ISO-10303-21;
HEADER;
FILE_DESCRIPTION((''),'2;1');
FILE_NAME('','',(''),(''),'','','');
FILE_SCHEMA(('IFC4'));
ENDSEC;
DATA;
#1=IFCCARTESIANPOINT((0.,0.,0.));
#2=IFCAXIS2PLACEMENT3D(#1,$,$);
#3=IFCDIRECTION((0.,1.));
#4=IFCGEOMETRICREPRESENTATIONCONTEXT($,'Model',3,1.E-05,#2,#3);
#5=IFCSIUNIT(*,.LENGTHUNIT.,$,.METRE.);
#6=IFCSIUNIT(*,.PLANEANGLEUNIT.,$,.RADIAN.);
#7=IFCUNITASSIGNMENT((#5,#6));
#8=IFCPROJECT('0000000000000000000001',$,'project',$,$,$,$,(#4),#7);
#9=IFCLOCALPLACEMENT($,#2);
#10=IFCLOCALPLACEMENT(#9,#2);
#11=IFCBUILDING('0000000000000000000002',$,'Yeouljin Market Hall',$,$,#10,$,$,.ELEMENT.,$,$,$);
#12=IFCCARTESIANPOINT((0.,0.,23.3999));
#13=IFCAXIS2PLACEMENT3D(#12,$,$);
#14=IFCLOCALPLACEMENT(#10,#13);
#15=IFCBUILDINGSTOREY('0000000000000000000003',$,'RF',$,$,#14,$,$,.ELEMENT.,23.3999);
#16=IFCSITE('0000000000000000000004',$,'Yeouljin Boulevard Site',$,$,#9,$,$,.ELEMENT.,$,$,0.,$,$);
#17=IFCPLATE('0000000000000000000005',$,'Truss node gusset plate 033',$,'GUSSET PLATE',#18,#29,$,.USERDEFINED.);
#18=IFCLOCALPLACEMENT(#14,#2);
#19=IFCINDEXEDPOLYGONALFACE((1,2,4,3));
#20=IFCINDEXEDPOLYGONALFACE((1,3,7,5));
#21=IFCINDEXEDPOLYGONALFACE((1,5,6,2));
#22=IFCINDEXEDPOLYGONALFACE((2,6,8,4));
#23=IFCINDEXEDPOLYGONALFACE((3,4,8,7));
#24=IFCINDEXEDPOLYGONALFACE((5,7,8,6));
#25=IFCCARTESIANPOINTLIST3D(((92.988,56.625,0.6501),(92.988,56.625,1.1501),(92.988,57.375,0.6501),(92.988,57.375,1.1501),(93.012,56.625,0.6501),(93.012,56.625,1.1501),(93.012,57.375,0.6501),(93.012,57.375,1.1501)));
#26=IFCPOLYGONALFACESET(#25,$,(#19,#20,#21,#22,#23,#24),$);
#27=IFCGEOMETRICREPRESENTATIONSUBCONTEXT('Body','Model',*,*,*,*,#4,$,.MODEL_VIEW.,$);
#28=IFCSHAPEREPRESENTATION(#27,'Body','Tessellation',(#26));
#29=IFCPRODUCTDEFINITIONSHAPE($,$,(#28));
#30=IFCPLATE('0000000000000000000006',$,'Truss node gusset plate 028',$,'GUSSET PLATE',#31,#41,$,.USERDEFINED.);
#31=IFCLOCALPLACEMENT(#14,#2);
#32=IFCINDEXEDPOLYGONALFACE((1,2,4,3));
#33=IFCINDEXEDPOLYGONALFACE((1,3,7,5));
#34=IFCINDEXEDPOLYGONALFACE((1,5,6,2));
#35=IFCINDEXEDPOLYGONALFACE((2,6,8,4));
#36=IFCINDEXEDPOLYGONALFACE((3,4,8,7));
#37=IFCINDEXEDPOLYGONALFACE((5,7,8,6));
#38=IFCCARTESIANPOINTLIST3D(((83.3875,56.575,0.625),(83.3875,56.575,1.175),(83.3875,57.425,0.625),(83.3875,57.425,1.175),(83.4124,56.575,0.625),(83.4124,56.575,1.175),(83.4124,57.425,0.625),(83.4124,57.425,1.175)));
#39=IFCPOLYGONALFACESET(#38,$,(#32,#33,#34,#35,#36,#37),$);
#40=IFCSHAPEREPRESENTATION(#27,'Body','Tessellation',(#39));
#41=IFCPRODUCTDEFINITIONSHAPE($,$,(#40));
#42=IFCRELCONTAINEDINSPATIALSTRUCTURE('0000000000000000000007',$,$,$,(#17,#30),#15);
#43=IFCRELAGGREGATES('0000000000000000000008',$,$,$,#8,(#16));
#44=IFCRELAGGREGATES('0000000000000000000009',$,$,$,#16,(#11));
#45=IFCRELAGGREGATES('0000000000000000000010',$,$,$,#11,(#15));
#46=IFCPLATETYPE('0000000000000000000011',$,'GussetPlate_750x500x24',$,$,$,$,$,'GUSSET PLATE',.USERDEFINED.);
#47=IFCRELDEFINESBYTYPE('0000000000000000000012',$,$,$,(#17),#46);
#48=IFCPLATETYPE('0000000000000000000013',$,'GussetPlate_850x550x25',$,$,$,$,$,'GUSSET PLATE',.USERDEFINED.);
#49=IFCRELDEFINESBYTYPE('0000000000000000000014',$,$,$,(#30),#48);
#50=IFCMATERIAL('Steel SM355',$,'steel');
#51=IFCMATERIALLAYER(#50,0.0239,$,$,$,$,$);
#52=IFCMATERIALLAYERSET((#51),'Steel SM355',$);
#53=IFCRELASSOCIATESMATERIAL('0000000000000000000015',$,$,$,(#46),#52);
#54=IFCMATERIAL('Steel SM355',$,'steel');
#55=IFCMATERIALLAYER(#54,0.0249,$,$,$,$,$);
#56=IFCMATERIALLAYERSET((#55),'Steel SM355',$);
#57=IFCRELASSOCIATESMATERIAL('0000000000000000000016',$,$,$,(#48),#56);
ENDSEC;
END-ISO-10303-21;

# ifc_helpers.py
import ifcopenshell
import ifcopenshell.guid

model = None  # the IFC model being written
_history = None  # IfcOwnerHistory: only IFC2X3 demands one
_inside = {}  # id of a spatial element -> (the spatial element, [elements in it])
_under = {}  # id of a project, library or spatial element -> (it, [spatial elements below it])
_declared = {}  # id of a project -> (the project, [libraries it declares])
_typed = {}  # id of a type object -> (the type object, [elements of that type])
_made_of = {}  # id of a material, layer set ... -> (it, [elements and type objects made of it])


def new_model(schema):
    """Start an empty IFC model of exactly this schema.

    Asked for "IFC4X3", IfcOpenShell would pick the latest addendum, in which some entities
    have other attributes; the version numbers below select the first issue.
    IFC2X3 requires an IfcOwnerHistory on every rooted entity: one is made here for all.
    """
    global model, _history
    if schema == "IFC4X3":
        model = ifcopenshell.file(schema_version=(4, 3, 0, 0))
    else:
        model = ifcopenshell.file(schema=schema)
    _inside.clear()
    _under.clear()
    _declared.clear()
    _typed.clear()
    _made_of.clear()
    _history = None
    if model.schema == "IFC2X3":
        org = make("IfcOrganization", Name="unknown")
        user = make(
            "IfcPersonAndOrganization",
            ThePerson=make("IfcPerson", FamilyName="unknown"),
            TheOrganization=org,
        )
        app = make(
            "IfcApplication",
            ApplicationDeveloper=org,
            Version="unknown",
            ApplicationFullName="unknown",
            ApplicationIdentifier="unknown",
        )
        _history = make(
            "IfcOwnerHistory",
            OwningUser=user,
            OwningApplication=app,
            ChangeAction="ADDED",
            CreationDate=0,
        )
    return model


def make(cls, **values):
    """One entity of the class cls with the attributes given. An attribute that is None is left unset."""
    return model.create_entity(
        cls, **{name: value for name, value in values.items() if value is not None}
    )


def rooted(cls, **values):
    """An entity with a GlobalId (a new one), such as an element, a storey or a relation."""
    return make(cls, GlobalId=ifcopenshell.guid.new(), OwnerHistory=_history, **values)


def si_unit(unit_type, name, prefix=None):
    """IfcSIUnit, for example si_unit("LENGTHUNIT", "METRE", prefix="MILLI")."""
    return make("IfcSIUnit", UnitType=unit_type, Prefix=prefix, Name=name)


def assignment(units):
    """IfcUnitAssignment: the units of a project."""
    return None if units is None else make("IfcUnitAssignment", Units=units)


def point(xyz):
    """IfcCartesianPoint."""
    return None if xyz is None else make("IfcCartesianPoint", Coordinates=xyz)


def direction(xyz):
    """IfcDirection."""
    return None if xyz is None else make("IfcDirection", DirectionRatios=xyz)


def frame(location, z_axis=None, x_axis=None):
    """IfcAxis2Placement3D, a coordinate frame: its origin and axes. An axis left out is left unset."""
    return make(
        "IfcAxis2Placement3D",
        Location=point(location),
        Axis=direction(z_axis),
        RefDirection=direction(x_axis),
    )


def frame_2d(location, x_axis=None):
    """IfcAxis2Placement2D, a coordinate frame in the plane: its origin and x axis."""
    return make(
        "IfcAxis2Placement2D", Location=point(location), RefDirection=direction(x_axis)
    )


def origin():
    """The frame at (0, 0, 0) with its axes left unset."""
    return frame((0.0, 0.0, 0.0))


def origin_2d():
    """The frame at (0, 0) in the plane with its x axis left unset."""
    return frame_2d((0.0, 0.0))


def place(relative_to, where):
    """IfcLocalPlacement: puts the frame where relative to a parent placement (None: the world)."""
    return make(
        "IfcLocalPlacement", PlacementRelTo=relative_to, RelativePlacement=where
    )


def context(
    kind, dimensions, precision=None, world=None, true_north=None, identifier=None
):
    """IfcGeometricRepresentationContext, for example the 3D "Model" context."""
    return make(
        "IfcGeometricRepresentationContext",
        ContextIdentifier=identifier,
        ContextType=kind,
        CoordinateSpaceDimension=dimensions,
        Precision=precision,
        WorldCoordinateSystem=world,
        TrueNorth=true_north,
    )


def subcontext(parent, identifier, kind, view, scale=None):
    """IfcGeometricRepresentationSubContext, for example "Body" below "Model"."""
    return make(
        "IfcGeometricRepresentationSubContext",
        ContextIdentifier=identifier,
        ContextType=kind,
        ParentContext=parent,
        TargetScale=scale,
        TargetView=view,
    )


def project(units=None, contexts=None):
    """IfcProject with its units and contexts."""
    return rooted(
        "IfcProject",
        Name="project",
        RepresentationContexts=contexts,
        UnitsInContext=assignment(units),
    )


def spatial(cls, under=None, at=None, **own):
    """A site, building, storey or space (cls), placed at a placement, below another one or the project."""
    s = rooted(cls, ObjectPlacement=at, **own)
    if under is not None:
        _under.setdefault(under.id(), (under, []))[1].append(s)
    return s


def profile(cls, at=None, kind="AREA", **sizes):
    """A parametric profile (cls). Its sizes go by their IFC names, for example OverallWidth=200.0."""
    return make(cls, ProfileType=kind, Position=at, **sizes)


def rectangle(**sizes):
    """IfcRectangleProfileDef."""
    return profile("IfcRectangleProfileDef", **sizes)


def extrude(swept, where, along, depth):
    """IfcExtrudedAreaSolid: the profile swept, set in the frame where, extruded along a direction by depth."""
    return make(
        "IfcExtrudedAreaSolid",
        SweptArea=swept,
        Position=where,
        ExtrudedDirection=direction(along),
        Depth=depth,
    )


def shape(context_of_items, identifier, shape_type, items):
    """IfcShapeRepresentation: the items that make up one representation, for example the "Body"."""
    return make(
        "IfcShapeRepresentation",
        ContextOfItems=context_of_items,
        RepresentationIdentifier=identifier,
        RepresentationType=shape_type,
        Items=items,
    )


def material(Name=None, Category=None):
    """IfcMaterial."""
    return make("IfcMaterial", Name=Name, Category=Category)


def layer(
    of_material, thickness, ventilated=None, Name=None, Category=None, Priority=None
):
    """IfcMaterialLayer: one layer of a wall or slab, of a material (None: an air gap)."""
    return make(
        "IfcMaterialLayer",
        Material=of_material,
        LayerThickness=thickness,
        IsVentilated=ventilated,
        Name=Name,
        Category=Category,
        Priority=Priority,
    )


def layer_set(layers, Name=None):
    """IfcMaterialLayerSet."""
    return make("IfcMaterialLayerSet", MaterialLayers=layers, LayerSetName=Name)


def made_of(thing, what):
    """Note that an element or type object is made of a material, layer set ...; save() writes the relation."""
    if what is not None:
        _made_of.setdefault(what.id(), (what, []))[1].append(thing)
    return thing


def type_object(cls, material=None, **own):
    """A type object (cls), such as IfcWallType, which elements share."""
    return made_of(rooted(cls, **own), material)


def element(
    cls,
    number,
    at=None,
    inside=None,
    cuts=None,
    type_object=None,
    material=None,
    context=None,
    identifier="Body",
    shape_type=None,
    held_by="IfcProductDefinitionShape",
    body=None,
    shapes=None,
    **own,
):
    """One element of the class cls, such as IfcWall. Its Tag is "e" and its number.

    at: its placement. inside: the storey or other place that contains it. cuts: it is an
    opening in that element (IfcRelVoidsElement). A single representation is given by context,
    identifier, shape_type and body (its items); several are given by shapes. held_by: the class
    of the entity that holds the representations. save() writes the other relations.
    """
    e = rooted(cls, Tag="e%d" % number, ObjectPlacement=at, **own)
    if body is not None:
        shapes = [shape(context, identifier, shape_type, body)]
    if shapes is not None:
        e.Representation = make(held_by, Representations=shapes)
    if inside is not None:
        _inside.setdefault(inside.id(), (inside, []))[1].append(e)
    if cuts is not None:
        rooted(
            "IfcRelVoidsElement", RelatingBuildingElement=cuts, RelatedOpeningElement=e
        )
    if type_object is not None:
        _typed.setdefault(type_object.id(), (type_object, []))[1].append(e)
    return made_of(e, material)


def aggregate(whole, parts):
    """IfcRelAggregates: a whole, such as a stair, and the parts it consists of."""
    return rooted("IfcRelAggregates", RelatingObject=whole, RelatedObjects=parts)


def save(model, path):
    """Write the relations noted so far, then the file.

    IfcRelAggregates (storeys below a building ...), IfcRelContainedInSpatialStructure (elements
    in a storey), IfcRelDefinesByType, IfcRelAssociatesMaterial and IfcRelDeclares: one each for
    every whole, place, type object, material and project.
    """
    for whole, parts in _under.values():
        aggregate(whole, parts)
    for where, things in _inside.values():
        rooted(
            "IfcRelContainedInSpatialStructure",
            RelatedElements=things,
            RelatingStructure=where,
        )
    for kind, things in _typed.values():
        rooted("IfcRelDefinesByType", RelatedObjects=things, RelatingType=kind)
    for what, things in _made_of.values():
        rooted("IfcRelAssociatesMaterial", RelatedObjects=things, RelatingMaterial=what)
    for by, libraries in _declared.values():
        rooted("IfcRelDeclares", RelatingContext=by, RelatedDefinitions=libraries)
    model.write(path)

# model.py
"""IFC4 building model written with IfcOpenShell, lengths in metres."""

from ifc_helpers import new_model, si_unit, direction, frame, origin, origin_2d, place, context, subcontext, project, spatial, rectangle, extrude, material, layer, layer_set, type_object, element, save


model = new_model("IFC4")

# Units and contexts
model_context = context("Model", 3, precision=1e-05, world=origin(), true_north=direction((0.0, 1.0)))
body_context = subcontext(model_context, "Body", "Model", "MODEL_VIEW")
ifc_project = project(units=[si_unit("LENGTHUNIT", "METRE"), si_unit("PLANEANGLEUNIT", "RADIAN")], contexts=[model_context])

# Site, building, storey
site_placement = place(None, origin())
site = spatial("IfcSite", under=ifc_project, at=site_placement, Name="Yeouljin Boulevard Site", CompositionType="ELEMENT", RefElevation=0.0)
building_placement = place(site_placement, origin())
building = spatial("IfcBuilding", under=site, at=building_placement, Name="Yeouljin Market Hall", CompositionType="ELEMENT")
storey_placement = place(building_placement, frame((0.0, 0.0, 23.3999)))
storey = spatial("IfcBuildingStorey", under=building, at=storey_placement, Name="RF", CompositionType="ELEMENT", Elevation=23.3999)

# Plates
ifc_material_1 = material(Name="Steel SM355", Category="steel")
ifc_layer_1 = layer(ifc_material_1, 0.0239)
ifc_layer_set_1 = layer_set([ifc_layer_1], Name="Steel SM355")
plate_type_1 = type_object("IfcPlateType", Name="GussetPlate_750x500x24", ElementType="GUSSET PLATE", PredefinedType="USERDEFINED", material=ifc_layer_set_1)
plate_1_placement = place(storey_placement, frame((93.0, 57.0, 0.6501), z_axis=(0.0, 0.0, 1.0), x_axis=(0.0, 1.0, 0.0)))
element("IfcPlate", 1, at=plate_1_placement, inside=storey, type_object=plate_type_1, Name="Truss node gusset plate 033", ObjectType="GUSSET PLATE", PredefinedType="USERDEFINED", context=body_context, shape_type="SweptSolid", body=[
    extrude(rectangle(XDim=0.75, YDim=0.0239, at=origin_2d()), origin(), (0.0, 0.0, 1.0), 0.5),
])
ifc_material_2 = material(Name="Steel SM355", Category="steel")
ifc_layer_2 = layer(ifc_material_2, 0.0249)
ifc_layer_set_2 = layer_set([ifc_layer_2], Name="Steel SM355")
plate_type_2 = type_object("IfcPlateType", Name="GussetPlate_850x550x25", ElementType="GUSSET PLATE", PredefinedType="USERDEFINED", material=ifc_layer_set_2)
plate_2_placement = place(storey_placement, frame((83.3999, 57.0, 0.625), z_axis=(0.0, 0.0, 1.0), x_axis=(0.0, 1.0, 0.0)))
element("IfcPlate", 2, at=plate_2_placement, inside=storey, type_object=plate_type_2, Name="Truss node gusset plate 028", ObjectType="GUSSET PLATE", PredefinedType="USERDEFINED", context=body_context, shape_type="SweptSolid", body=[
    extrude(rectangle(XDim=0.8501, YDim=0.0249, at=origin_2d()), origin(), (0.0, 0.0, 1.0), 0.55),
])

save(model, "model.ifc")
